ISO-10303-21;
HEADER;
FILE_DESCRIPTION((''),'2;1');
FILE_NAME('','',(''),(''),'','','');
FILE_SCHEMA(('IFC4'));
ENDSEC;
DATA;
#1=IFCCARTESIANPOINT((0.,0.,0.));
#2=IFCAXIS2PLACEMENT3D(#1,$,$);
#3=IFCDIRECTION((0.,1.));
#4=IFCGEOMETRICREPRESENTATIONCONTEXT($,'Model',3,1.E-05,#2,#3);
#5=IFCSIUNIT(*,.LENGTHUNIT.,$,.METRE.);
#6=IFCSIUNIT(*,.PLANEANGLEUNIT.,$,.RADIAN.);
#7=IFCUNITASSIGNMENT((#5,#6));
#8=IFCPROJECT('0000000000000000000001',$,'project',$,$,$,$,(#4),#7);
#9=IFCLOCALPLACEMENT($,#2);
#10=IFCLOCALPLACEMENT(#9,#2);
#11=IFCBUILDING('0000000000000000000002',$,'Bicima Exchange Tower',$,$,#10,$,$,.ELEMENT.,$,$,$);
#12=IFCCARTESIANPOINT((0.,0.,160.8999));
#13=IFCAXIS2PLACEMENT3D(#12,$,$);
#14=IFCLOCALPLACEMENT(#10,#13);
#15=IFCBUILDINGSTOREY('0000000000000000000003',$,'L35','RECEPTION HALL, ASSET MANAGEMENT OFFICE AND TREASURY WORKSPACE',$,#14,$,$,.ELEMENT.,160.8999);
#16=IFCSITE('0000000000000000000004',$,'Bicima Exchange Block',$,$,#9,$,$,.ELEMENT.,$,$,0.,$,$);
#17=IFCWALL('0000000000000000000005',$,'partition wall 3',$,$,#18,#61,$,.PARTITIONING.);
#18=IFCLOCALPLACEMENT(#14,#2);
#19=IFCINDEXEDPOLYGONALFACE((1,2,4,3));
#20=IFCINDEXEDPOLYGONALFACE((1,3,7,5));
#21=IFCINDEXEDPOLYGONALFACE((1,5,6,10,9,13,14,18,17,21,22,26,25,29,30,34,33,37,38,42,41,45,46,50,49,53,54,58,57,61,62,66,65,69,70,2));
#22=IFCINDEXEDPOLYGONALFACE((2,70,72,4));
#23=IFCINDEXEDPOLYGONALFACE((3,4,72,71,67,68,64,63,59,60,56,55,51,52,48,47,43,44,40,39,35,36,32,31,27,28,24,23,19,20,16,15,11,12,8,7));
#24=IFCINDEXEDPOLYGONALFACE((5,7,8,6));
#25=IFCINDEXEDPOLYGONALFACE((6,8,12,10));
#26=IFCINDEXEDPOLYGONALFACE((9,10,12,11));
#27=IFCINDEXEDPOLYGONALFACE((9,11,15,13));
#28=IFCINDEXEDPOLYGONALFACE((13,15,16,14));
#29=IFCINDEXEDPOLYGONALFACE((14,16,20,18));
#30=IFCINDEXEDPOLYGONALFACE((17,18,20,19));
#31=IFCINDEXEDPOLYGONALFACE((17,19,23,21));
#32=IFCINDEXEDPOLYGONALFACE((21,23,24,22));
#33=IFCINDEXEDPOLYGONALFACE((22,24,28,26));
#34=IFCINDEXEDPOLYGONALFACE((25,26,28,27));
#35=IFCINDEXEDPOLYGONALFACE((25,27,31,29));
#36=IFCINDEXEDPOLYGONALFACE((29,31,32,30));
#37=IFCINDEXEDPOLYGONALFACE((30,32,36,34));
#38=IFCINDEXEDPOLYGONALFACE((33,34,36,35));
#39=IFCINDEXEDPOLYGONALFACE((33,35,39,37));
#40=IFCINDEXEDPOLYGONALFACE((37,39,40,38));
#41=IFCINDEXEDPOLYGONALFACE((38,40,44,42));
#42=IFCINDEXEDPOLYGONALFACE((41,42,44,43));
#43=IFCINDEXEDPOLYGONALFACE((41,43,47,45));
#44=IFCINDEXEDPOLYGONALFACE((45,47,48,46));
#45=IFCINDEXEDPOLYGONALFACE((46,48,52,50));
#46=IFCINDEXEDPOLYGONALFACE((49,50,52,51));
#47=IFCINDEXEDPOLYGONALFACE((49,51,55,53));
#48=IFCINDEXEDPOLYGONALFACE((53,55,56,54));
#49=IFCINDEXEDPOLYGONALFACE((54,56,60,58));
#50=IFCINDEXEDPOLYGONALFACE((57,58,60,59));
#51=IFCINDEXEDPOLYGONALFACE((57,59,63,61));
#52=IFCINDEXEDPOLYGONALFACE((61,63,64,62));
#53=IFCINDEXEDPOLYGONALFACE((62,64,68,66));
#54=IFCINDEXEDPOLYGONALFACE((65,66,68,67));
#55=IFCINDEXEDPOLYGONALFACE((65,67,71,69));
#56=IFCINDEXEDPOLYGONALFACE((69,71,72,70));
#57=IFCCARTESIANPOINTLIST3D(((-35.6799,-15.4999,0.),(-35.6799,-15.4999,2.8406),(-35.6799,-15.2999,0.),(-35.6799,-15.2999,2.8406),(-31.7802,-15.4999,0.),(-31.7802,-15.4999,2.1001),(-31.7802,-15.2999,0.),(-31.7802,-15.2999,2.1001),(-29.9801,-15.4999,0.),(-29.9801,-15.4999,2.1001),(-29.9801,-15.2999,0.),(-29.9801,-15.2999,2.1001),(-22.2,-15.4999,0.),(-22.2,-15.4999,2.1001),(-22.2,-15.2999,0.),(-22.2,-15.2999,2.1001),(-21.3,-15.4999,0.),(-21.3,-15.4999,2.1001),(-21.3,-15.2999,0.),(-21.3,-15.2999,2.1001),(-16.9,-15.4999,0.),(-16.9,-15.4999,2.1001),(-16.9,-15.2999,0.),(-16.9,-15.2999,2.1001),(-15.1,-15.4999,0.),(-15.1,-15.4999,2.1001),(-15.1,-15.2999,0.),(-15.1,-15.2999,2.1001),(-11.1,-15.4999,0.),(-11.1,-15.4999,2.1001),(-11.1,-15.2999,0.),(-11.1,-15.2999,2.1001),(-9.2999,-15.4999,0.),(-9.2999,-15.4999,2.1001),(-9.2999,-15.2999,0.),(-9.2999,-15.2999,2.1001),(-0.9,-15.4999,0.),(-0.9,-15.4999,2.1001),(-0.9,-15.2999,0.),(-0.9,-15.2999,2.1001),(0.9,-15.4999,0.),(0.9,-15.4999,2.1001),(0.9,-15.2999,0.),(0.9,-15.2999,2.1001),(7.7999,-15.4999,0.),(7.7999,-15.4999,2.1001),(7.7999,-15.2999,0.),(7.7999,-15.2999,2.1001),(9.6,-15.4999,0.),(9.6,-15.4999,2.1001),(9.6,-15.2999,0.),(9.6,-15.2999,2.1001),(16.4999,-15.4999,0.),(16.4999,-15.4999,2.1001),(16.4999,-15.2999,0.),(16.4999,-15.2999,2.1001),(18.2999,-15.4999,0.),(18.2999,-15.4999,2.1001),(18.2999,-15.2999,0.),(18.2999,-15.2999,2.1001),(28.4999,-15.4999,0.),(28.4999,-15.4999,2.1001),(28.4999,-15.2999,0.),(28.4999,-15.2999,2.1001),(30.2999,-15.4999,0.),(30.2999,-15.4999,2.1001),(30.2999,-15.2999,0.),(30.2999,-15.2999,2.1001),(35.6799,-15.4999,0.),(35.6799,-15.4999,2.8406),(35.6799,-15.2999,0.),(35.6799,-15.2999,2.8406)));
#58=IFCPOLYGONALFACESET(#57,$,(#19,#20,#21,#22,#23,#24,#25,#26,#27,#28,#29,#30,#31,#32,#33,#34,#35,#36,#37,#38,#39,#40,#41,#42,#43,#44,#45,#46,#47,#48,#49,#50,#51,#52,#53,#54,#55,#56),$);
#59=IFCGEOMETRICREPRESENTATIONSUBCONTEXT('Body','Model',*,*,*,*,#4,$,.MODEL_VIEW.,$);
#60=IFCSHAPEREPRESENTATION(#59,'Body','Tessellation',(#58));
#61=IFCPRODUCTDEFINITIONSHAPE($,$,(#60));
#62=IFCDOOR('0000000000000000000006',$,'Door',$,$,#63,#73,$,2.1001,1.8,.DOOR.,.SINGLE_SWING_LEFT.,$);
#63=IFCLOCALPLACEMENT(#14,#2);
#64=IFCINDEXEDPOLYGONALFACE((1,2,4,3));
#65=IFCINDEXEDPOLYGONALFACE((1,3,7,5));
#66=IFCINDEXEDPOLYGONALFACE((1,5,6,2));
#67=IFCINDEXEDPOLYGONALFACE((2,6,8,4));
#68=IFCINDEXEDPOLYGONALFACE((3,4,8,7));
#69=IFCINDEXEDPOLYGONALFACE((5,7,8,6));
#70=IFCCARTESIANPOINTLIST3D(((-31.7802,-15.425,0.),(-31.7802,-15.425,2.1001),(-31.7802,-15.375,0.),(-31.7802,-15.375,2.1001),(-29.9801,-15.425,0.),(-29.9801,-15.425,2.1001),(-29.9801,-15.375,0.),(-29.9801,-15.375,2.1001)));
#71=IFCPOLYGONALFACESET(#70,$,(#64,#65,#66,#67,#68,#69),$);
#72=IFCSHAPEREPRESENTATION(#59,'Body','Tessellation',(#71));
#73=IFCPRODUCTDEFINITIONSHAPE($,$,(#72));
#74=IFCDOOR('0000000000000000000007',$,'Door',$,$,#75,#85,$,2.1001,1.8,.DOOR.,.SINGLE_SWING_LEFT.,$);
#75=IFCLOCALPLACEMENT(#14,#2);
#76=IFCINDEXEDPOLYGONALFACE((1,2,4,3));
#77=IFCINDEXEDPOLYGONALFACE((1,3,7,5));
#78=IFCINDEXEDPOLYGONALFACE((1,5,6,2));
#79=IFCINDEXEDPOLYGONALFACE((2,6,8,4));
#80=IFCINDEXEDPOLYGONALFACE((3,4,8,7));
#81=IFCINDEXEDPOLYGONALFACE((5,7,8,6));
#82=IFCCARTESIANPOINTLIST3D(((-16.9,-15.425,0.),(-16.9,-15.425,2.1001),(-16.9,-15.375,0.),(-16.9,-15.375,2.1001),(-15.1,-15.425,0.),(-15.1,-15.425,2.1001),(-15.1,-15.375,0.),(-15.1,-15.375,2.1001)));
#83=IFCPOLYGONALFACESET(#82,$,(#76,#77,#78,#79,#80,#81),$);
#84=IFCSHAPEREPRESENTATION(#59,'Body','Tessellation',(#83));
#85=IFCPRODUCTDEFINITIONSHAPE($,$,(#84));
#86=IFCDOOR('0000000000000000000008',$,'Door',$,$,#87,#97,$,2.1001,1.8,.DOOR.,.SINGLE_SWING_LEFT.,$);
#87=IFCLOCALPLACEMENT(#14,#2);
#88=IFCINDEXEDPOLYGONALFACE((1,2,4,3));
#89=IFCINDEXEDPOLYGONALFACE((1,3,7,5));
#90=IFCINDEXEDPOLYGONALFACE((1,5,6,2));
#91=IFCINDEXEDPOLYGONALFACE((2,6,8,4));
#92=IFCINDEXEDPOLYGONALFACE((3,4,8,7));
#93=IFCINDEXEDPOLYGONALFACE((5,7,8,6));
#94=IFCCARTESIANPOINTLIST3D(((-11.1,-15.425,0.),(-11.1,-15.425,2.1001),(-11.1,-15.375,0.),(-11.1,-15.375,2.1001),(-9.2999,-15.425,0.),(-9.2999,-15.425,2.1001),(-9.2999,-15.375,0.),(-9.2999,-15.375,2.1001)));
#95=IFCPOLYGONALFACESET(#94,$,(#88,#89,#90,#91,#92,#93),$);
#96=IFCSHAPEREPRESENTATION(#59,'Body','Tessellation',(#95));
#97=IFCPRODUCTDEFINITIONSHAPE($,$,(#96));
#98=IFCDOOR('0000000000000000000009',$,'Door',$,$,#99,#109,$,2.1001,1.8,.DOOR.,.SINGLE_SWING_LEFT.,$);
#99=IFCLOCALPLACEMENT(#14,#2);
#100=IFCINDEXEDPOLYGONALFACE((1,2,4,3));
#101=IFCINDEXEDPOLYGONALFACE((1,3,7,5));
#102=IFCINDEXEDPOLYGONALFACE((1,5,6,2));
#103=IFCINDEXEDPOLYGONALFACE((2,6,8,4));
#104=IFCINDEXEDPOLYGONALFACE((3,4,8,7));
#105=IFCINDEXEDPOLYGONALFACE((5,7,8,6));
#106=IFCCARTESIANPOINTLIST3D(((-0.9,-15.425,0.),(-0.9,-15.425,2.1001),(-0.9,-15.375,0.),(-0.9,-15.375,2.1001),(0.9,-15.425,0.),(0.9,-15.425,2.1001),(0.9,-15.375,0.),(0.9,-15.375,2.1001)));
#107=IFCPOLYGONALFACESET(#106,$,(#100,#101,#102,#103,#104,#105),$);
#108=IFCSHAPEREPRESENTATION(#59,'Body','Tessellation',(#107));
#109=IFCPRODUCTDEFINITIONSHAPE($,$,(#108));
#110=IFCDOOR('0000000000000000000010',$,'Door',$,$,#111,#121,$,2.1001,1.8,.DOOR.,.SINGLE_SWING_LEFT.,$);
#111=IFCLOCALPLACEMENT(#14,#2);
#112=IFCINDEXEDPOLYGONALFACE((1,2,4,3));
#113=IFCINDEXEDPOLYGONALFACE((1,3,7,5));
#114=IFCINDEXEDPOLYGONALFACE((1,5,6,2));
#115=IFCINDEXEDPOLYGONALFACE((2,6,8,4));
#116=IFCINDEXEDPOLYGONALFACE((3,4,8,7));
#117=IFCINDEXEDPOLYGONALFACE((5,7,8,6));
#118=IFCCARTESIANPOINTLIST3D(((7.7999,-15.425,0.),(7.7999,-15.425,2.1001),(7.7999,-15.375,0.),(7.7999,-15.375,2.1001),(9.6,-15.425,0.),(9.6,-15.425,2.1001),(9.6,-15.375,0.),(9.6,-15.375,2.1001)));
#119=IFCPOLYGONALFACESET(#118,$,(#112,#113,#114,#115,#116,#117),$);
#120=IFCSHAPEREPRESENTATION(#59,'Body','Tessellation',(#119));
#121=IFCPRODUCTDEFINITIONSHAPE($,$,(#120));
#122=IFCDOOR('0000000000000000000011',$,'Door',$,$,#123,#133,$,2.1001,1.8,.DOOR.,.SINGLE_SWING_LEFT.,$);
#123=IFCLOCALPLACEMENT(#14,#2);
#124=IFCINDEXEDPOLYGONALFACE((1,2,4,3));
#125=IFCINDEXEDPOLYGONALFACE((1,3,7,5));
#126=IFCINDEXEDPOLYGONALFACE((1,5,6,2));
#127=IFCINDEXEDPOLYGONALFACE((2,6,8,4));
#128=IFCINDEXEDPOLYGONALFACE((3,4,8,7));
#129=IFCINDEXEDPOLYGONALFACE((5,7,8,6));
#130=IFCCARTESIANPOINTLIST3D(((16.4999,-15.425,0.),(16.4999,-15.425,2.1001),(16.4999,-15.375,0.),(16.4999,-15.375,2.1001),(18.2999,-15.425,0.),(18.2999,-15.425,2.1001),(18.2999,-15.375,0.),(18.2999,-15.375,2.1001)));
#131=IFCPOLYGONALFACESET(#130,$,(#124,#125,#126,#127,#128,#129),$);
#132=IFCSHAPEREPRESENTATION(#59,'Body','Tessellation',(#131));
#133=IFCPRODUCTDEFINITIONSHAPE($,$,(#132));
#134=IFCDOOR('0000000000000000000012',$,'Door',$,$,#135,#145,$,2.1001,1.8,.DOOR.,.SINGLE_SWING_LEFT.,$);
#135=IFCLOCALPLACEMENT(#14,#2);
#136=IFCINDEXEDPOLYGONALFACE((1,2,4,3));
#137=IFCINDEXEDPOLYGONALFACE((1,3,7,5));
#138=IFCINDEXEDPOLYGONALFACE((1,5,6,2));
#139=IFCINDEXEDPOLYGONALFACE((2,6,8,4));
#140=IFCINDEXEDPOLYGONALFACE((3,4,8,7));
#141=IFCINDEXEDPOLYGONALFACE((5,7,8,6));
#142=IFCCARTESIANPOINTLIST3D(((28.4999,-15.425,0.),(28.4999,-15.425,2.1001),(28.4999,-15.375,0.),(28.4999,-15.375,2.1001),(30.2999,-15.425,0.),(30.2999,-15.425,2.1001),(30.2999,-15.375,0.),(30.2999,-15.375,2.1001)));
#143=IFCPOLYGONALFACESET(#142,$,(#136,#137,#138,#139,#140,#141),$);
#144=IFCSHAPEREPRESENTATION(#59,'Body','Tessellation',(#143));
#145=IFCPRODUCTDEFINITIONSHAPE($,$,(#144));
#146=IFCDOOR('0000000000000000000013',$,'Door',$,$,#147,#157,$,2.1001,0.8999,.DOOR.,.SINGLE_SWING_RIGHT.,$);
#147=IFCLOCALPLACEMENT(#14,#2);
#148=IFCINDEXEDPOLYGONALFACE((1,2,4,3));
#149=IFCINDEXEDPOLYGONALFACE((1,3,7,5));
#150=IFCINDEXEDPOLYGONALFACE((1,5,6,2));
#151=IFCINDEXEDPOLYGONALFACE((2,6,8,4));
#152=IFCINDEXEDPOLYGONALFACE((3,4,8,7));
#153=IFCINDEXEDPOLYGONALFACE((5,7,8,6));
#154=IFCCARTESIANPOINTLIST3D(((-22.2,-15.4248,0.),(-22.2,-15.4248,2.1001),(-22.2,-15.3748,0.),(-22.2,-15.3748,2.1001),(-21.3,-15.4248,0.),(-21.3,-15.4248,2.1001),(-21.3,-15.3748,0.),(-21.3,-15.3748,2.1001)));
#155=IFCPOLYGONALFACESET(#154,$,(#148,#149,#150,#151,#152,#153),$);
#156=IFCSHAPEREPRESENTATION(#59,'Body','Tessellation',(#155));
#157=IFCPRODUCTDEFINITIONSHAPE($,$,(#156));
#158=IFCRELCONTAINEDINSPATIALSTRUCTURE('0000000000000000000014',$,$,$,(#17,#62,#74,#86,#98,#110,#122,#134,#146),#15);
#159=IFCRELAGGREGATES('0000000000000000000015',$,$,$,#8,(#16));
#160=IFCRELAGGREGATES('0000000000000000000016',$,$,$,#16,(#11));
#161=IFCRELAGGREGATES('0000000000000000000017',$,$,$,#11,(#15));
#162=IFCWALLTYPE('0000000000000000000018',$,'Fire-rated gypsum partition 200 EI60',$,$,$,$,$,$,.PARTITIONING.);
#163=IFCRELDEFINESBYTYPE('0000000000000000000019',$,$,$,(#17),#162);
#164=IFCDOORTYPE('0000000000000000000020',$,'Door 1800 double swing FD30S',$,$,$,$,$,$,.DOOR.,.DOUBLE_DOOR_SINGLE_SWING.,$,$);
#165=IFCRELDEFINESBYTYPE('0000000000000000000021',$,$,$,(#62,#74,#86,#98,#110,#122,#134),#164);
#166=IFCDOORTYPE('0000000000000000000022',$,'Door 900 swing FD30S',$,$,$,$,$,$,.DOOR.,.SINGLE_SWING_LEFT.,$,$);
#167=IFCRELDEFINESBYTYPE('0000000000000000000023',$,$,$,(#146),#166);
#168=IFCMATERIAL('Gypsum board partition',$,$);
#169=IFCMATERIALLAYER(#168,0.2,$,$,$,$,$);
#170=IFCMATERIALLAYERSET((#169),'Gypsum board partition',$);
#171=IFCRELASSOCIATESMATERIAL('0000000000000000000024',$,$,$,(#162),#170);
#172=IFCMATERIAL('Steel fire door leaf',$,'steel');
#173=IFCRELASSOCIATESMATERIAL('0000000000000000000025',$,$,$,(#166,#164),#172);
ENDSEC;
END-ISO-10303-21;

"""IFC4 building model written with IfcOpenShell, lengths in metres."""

from ifc_helpers import new_model, si_unit, direction, frame, frame_2d, origin, place, context, subcontext, project, spatial, rectangle, extrude, material, layer, layer_set, type_object, element, fill, save


model = new_model("IFC4")

# Units and contexts
model_context = context("Model", 3, precision=1e-05, world=origin(), true_north=direction((0.0, 1.0)))
body_context = subcontext(model_context, "Body", "Model", "MODEL_VIEW")
ifc_project = project(units=[si_unit("LENGTHUNIT", "METRE"), si_unit("PLANEANGLEUNIT", "RADIAN")], contexts=[model_context])

# Site, building, storey
site_placement = place(None, origin())
site = spatial("IfcSite", under=ifc_project, at=site_placement, Name="Bicima Exchange Block", CompositionType="ELEMENT", RefElevation=0.0)
building_placement = place(site_placement, origin())
building = spatial("IfcBuilding", under=site, at=building_placement, Name="Bicima Exchange Tower", CompositionType="ELEMENT")
storey_placement = place(building_placement, frame((0.0, 0.0, 160.8999)))
storey = spatial("IfcBuildingStorey", under=building, at=storey_placement, Name="L35", Description="RECEPTION HALL, ASSET MANAGEMENT OFFICE AND TREASURY WORKSPACE", CompositionType="ELEMENT", Elevation=160.8999)

# Wall, openings, doors
ifc_material_1 = material(Name="Gypsum board partition")
ifc_layer_1 = layer(ifc_material_1, 0.2)
ifc_layer_set_1 = layer_set([ifc_layer_1], Name="Gypsum board partition")
wall_type = type_object("IfcWallType", Name="Fire-rated gypsum partition 200 EI60", PredefinedType="PARTITIONING", material=ifc_layer_set_1)
ifc_material_2 = material(Name="Steel fire door leaf", Category="steel")
door_type_1 = type_object("IfcDoorType", Name="Door 900 swing FD30S", OperationType="SINGLE_SWING_LEFT", PredefinedType="DOOR", material=ifc_material_2)
wall_1_placement = place(storey_placement, frame((-35.6799, -15.3999, 0.0), z_axis=(0.0, 0.0, 1.0), x_axis=(1.0, 0.0, 0.0)))
wall_1 = element("IfcWall", 1, at=wall_1_placement, inside=storey, type_object=wall_type, Name="partition wall 3", PredefinedType="PARTITIONING", context=body_context, shape_type="SweptSolid", body=[
    extrude(rectangle(XDim=71.3599, YDim=0.2, at=frame_2d((35.6799, 0.0))), origin(), (0.0, 0.0, 1.0), 2.8406),
])
opening_1_placement = place(wall_1_placement, frame((3.8999, 0.0, 0.0)))
opening_1 = element("IfcOpeningElement", 2, at=opening_1_placement, cuts=wall_1, PredefinedType="OPENING", context=body_context, shape_type="SweptSolid", body=[
    extrude(rectangle(XDim=1.8, YDim=2.1001, at=frame_2d((0.8999, 1.05))), frame((0.0, 0.1118, 0.0), z_axis=(0.0, -1.0, 0.0), x_axis=(1.0, 0.0, 0.0)), (0.0, 0.0, 1.0), 0.2239),
])
opening_2_placement = place(wall_1_placement, frame((13.48, 0.0, 0.0)))
opening_2 = element("IfcOpeningElement", 3, at=opening_2_placement, cuts=wall_1, PredefinedType="OPENING", context=body_context, shape_type="SweptSolid", body=[
    extrude(rectangle(XDim=0.8999, YDim=2.1001, at=frame_2d((0.45, 1.05))), frame((0.0, 0.1118, 0.0), z_axis=(0.0, -1.0, 0.0), x_axis=(1.0, 0.0, 0.0)), (0.0, 0.0, 1.0), 0.2239),
])
opening_3_placement = place(wall_1_placement, frame((18.78, 0.0, 0.0)))
opening_3 = element("IfcOpeningElement", 4, at=opening_3_placement, cuts=wall_1, PredefinedType="OPENING", context=body_context, shape_type="SweptSolid", body=[
    extrude(rectangle(XDim=1.8, YDim=2.1001, at=frame_2d((0.8999, 1.05))), frame((0.0, 0.1118, 0.0), z_axis=(0.0, -1.0, 0.0), x_axis=(1.0, 0.0, 0.0)), (0.0, 0.0, 1.0), 0.2239),
])
opening_4_placement = place(wall_1_placement, frame((24.5801, 0.0, 0.0)))
opening_4 = element("IfcOpeningElement", 5, at=opening_4_placement, cuts=wall_1, PredefinedType="OPENING", context=body_context, shape_type="SweptSolid", body=[
    extrude(rectangle(XDim=1.8, YDim=2.1001, at=frame_2d((0.8999, 1.05))), frame((0.0, 0.1118, 0.0), z_axis=(0.0, -1.0, 0.0), x_axis=(1.0, 0.0, 0.0)), (0.0, 0.0, 1.0), 0.2239),
])
opening_5_placement = place(wall_1_placement, frame((34.78, 0.0, 0.0)))
opening_5 = element("IfcOpeningElement", 6, at=opening_5_placement, cuts=wall_1, PredefinedType="OPENING", context=body_context, shape_type="SweptSolid", body=[
    extrude(rectangle(XDim=1.8, YDim=2.1001, at=frame_2d((0.8999, 1.05))), frame((0.0, 0.1118, 0.0), z_axis=(0.0, -1.0, 0.0), x_axis=(1.0, 0.0, 0.0)), (0.0, 0.0, 1.0), 0.2239),
])
opening_6_placement = place(wall_1_placement, frame((43.48, 0.0, 0.0)))
opening_6 = element("IfcOpeningElement", 7, at=opening_6_placement, cuts=wall_1, PredefinedType="OPENING", context=body_context, shape_type="SweptSolid", body=[
    extrude(rectangle(XDim=1.8, YDim=2.1001, at=frame_2d((0.8999, 1.05))), frame((0.0, 0.1118, 0.0), z_axis=(0.0, -1.0, 0.0), x_axis=(1.0, 0.0, 0.0)), (0.0, 0.0, 1.0), 0.2239),
])
opening_7_placement = place(wall_1_placement, frame((52.1799, 0.0, 0.0)))
opening_7 = element("IfcOpeningElement", 8, at=opening_7_placement, cuts=wall_1, PredefinedType="OPENING", context=body_context, shape_type="SweptSolid", body=[
    extrude(rectangle(XDim=1.8, YDim=2.1001, at=frame_2d((0.8999, 1.05))), frame((0.0, 0.1118, 0.0), z_axis=(0.0, -1.0, 0.0), x_axis=(1.0, 0.0, 0.0)), (0.0, 0.0, 1.0), 0.2239),
])
opening_8_placement = place(wall_1_placement, frame((64.1799, 0.0, 0.0)))
opening_8 = element("IfcOpeningElement", 9, at=opening_8_placement, cuts=wall_1, PredefinedType="OPENING", context=body_context, shape_type="SweptSolid", body=[
    extrude(rectangle(XDim=1.8, YDim=2.1001, at=frame_2d((0.8999, 1.05))), frame((0.0, 0.1118, 0.0), z_axis=(0.0, -1.0, 0.0), x_axis=(1.0, 0.0, 0.0)), (0.0, 0.0, 1.0), 0.2239),
])
door_type_2 = type_object("IfcDoorType", Name="Door 1800 double swing FD30S", OperationType="DOUBLE_DOOR_SINGLE_SWING", PredefinedType="DOOR", material=ifc_material_2)
door_1_placement = place(opening_1_placement, origin())
door_1 = element("IfcDoor", 10, at=door_1_placement, inside=storey, type_object=door_type_2, Name="Door", OperationType="SINGLE_SWING_LEFT", OverallHeight=2.1001, OverallWidth=1.8, PredefinedType="DOOR", context=body_context, shape_type="SweptSolid", body=[
    extrude(rectangle(XDim=1.8, YDim=2.1001, at=frame_2d((0.8999, 1.05))), frame((0.0, 0.0249, 0.0), z_axis=(0.0, -1.0, 0.0), x_axis=(1.0, 0.0, 0.0)), (0.0, 0.0, 1.0), 0.05),
])
fill(opening_1, door_1)
door_2_placement = place(opening_3_placement, origin())
door_2 = element("IfcDoor", 11, at=door_2_placement, inside=storey, type_object=door_type_2, Name="Door", OperationType="SINGLE_SWING_LEFT", OverallHeight=2.1001, OverallWidth=1.8, PredefinedType="DOOR", context=body_context, shape_type="SweptSolid", body=[
    extrude(rectangle(XDim=1.8, YDim=2.1001, at=frame_2d((0.8999, 1.05))), frame((0.0, 0.0249, 0.0), z_axis=(0.0, -1.0, 0.0), x_axis=(1.0, 0.0, 0.0)), (0.0, 0.0, 1.0), 0.05),
])
fill(opening_3, door_2)
door_3_placement = place(opening_4_placement, origin())
door_3 = element("IfcDoor", 12, at=door_3_placement, inside=storey, type_object=door_type_2, Name="Door", OperationType="SINGLE_SWING_LEFT", OverallHeight=2.1001, OverallWidth=1.8, PredefinedType="DOOR", context=body_context, shape_type="SweptSolid", body=[
    extrude(rectangle(XDim=1.8, YDim=2.1001, at=frame_2d((0.8999, 1.05))), frame((0.0, 0.0249, 0.0), z_axis=(0.0, -1.0, 0.0), x_axis=(1.0, 0.0, 0.0)), (0.0, 0.0, 1.0), 0.05),
])
fill(opening_4, door_3)
door_4_placement = place(opening_5_placement, origin())
door_4 = element("IfcDoor", 13, at=door_4_placement, inside=storey, type_object=door_type_2, Name="Door", OperationType="SINGLE_SWING_LEFT", OverallHeight=2.1001, OverallWidth=1.8, PredefinedType="DOOR", context=body_context, shape_type="SweptSolid", body=[
    extrude(rectangle(XDim=1.8, YDim=2.1001, at=frame_2d((0.8999, 1.05))), frame((0.0, 0.0249, 0.0), z_axis=(0.0, -1.0, 0.0), x_axis=(1.0, 0.0, 0.0)), (0.0, 0.0, 1.0), 0.05),
])
fill(opening_5, door_4)
door_5_placement = place(opening_6_placement, origin())
door_5 = element("IfcDoor", 14, at=door_5_placement, inside=storey, type_object=door_type_2, Name="Door", OperationType="SINGLE_SWING_LEFT", OverallHeight=2.1001, OverallWidth=1.8, PredefinedType="DOOR", context=body_context, shape_type="SweptSolid", body=[
    extrude(rectangle(XDim=1.8, YDim=2.1001, at=frame_2d((0.8999, 1.05))), frame((0.0, 0.0249, 0.0), z_axis=(0.0, -1.0, 0.0), x_axis=(1.0, 0.0, 0.0)), (0.0, 0.0, 1.0), 0.05),
])
fill(opening_6, door_5)
door_6_placement = place(opening_7_placement, origin())
door_6 = element("IfcDoor", 15, at=door_6_placement, inside=storey, type_object=door_type_2, Name="Door", OperationType="SINGLE_SWING_LEFT", OverallHeight=2.1001, OverallWidth=1.8, PredefinedType="DOOR", context=body_context, shape_type="SweptSolid", body=[
    extrude(rectangle(XDim=1.8, YDim=2.1001, at=frame_2d((0.8999, 1.05))), frame((0.0, 0.0249, 0.0), z_axis=(0.0, -1.0, 0.0), x_axis=(1.0, 0.0, 0.0)), (0.0, 0.0, 1.0), 0.05),
])
fill(opening_7, door_6)
door_7_placement = place(opening_8_placement, origin())
door_7 = element("IfcDoor", 16, at=door_7_placement, inside=storey, type_object=door_type_2, Name="Door", OperationType="SINGLE_SWING_LEFT", OverallHeight=2.1001, OverallWidth=1.8, PredefinedType="DOOR", context=body_context, shape_type="SweptSolid", body=[
    extrude(rectangle(XDim=1.8, YDim=2.1001, at=frame_2d((0.8999, 1.05))), frame((0.0, 0.0249, 0.0), z_axis=(0.0, -1.0, 0.0), x_axis=(1.0, 0.0, 0.0)), (0.0, 0.0, 1.0), 0.05),
])
fill(opening_8, door_7)
door_8_placement = place(opening_2_placement, frame((0.8999, 0.0, 0.0), z_axis=(0.0, 0.0, 1.0), x_axis=(-1.0, 0.0, 0.0)))
door_8 = element("IfcDoor", 17, at=door_8_placement, inside=storey, type_object=door_type_1, Name="Door", OperationType="SINGLE_SWING_RIGHT", OverallHeight=2.1001, OverallWidth=0.8999, PredefinedType="DOOR", context=body_context, shape_type="SweptSolid", body=[
    extrude(rectangle(XDim=0.8999, YDim=2.1001, at=frame_2d((0.45, 1.05))), frame((0.0, 0.0249, 0.0), z_axis=(0.0, -1.0, 0.0), x_axis=(1.0, 0.0, 0.0)), (0.0, 0.0, 1.0), 0.05),
])
fill(opening_2, door_8)

save(model, "model.ifc")
